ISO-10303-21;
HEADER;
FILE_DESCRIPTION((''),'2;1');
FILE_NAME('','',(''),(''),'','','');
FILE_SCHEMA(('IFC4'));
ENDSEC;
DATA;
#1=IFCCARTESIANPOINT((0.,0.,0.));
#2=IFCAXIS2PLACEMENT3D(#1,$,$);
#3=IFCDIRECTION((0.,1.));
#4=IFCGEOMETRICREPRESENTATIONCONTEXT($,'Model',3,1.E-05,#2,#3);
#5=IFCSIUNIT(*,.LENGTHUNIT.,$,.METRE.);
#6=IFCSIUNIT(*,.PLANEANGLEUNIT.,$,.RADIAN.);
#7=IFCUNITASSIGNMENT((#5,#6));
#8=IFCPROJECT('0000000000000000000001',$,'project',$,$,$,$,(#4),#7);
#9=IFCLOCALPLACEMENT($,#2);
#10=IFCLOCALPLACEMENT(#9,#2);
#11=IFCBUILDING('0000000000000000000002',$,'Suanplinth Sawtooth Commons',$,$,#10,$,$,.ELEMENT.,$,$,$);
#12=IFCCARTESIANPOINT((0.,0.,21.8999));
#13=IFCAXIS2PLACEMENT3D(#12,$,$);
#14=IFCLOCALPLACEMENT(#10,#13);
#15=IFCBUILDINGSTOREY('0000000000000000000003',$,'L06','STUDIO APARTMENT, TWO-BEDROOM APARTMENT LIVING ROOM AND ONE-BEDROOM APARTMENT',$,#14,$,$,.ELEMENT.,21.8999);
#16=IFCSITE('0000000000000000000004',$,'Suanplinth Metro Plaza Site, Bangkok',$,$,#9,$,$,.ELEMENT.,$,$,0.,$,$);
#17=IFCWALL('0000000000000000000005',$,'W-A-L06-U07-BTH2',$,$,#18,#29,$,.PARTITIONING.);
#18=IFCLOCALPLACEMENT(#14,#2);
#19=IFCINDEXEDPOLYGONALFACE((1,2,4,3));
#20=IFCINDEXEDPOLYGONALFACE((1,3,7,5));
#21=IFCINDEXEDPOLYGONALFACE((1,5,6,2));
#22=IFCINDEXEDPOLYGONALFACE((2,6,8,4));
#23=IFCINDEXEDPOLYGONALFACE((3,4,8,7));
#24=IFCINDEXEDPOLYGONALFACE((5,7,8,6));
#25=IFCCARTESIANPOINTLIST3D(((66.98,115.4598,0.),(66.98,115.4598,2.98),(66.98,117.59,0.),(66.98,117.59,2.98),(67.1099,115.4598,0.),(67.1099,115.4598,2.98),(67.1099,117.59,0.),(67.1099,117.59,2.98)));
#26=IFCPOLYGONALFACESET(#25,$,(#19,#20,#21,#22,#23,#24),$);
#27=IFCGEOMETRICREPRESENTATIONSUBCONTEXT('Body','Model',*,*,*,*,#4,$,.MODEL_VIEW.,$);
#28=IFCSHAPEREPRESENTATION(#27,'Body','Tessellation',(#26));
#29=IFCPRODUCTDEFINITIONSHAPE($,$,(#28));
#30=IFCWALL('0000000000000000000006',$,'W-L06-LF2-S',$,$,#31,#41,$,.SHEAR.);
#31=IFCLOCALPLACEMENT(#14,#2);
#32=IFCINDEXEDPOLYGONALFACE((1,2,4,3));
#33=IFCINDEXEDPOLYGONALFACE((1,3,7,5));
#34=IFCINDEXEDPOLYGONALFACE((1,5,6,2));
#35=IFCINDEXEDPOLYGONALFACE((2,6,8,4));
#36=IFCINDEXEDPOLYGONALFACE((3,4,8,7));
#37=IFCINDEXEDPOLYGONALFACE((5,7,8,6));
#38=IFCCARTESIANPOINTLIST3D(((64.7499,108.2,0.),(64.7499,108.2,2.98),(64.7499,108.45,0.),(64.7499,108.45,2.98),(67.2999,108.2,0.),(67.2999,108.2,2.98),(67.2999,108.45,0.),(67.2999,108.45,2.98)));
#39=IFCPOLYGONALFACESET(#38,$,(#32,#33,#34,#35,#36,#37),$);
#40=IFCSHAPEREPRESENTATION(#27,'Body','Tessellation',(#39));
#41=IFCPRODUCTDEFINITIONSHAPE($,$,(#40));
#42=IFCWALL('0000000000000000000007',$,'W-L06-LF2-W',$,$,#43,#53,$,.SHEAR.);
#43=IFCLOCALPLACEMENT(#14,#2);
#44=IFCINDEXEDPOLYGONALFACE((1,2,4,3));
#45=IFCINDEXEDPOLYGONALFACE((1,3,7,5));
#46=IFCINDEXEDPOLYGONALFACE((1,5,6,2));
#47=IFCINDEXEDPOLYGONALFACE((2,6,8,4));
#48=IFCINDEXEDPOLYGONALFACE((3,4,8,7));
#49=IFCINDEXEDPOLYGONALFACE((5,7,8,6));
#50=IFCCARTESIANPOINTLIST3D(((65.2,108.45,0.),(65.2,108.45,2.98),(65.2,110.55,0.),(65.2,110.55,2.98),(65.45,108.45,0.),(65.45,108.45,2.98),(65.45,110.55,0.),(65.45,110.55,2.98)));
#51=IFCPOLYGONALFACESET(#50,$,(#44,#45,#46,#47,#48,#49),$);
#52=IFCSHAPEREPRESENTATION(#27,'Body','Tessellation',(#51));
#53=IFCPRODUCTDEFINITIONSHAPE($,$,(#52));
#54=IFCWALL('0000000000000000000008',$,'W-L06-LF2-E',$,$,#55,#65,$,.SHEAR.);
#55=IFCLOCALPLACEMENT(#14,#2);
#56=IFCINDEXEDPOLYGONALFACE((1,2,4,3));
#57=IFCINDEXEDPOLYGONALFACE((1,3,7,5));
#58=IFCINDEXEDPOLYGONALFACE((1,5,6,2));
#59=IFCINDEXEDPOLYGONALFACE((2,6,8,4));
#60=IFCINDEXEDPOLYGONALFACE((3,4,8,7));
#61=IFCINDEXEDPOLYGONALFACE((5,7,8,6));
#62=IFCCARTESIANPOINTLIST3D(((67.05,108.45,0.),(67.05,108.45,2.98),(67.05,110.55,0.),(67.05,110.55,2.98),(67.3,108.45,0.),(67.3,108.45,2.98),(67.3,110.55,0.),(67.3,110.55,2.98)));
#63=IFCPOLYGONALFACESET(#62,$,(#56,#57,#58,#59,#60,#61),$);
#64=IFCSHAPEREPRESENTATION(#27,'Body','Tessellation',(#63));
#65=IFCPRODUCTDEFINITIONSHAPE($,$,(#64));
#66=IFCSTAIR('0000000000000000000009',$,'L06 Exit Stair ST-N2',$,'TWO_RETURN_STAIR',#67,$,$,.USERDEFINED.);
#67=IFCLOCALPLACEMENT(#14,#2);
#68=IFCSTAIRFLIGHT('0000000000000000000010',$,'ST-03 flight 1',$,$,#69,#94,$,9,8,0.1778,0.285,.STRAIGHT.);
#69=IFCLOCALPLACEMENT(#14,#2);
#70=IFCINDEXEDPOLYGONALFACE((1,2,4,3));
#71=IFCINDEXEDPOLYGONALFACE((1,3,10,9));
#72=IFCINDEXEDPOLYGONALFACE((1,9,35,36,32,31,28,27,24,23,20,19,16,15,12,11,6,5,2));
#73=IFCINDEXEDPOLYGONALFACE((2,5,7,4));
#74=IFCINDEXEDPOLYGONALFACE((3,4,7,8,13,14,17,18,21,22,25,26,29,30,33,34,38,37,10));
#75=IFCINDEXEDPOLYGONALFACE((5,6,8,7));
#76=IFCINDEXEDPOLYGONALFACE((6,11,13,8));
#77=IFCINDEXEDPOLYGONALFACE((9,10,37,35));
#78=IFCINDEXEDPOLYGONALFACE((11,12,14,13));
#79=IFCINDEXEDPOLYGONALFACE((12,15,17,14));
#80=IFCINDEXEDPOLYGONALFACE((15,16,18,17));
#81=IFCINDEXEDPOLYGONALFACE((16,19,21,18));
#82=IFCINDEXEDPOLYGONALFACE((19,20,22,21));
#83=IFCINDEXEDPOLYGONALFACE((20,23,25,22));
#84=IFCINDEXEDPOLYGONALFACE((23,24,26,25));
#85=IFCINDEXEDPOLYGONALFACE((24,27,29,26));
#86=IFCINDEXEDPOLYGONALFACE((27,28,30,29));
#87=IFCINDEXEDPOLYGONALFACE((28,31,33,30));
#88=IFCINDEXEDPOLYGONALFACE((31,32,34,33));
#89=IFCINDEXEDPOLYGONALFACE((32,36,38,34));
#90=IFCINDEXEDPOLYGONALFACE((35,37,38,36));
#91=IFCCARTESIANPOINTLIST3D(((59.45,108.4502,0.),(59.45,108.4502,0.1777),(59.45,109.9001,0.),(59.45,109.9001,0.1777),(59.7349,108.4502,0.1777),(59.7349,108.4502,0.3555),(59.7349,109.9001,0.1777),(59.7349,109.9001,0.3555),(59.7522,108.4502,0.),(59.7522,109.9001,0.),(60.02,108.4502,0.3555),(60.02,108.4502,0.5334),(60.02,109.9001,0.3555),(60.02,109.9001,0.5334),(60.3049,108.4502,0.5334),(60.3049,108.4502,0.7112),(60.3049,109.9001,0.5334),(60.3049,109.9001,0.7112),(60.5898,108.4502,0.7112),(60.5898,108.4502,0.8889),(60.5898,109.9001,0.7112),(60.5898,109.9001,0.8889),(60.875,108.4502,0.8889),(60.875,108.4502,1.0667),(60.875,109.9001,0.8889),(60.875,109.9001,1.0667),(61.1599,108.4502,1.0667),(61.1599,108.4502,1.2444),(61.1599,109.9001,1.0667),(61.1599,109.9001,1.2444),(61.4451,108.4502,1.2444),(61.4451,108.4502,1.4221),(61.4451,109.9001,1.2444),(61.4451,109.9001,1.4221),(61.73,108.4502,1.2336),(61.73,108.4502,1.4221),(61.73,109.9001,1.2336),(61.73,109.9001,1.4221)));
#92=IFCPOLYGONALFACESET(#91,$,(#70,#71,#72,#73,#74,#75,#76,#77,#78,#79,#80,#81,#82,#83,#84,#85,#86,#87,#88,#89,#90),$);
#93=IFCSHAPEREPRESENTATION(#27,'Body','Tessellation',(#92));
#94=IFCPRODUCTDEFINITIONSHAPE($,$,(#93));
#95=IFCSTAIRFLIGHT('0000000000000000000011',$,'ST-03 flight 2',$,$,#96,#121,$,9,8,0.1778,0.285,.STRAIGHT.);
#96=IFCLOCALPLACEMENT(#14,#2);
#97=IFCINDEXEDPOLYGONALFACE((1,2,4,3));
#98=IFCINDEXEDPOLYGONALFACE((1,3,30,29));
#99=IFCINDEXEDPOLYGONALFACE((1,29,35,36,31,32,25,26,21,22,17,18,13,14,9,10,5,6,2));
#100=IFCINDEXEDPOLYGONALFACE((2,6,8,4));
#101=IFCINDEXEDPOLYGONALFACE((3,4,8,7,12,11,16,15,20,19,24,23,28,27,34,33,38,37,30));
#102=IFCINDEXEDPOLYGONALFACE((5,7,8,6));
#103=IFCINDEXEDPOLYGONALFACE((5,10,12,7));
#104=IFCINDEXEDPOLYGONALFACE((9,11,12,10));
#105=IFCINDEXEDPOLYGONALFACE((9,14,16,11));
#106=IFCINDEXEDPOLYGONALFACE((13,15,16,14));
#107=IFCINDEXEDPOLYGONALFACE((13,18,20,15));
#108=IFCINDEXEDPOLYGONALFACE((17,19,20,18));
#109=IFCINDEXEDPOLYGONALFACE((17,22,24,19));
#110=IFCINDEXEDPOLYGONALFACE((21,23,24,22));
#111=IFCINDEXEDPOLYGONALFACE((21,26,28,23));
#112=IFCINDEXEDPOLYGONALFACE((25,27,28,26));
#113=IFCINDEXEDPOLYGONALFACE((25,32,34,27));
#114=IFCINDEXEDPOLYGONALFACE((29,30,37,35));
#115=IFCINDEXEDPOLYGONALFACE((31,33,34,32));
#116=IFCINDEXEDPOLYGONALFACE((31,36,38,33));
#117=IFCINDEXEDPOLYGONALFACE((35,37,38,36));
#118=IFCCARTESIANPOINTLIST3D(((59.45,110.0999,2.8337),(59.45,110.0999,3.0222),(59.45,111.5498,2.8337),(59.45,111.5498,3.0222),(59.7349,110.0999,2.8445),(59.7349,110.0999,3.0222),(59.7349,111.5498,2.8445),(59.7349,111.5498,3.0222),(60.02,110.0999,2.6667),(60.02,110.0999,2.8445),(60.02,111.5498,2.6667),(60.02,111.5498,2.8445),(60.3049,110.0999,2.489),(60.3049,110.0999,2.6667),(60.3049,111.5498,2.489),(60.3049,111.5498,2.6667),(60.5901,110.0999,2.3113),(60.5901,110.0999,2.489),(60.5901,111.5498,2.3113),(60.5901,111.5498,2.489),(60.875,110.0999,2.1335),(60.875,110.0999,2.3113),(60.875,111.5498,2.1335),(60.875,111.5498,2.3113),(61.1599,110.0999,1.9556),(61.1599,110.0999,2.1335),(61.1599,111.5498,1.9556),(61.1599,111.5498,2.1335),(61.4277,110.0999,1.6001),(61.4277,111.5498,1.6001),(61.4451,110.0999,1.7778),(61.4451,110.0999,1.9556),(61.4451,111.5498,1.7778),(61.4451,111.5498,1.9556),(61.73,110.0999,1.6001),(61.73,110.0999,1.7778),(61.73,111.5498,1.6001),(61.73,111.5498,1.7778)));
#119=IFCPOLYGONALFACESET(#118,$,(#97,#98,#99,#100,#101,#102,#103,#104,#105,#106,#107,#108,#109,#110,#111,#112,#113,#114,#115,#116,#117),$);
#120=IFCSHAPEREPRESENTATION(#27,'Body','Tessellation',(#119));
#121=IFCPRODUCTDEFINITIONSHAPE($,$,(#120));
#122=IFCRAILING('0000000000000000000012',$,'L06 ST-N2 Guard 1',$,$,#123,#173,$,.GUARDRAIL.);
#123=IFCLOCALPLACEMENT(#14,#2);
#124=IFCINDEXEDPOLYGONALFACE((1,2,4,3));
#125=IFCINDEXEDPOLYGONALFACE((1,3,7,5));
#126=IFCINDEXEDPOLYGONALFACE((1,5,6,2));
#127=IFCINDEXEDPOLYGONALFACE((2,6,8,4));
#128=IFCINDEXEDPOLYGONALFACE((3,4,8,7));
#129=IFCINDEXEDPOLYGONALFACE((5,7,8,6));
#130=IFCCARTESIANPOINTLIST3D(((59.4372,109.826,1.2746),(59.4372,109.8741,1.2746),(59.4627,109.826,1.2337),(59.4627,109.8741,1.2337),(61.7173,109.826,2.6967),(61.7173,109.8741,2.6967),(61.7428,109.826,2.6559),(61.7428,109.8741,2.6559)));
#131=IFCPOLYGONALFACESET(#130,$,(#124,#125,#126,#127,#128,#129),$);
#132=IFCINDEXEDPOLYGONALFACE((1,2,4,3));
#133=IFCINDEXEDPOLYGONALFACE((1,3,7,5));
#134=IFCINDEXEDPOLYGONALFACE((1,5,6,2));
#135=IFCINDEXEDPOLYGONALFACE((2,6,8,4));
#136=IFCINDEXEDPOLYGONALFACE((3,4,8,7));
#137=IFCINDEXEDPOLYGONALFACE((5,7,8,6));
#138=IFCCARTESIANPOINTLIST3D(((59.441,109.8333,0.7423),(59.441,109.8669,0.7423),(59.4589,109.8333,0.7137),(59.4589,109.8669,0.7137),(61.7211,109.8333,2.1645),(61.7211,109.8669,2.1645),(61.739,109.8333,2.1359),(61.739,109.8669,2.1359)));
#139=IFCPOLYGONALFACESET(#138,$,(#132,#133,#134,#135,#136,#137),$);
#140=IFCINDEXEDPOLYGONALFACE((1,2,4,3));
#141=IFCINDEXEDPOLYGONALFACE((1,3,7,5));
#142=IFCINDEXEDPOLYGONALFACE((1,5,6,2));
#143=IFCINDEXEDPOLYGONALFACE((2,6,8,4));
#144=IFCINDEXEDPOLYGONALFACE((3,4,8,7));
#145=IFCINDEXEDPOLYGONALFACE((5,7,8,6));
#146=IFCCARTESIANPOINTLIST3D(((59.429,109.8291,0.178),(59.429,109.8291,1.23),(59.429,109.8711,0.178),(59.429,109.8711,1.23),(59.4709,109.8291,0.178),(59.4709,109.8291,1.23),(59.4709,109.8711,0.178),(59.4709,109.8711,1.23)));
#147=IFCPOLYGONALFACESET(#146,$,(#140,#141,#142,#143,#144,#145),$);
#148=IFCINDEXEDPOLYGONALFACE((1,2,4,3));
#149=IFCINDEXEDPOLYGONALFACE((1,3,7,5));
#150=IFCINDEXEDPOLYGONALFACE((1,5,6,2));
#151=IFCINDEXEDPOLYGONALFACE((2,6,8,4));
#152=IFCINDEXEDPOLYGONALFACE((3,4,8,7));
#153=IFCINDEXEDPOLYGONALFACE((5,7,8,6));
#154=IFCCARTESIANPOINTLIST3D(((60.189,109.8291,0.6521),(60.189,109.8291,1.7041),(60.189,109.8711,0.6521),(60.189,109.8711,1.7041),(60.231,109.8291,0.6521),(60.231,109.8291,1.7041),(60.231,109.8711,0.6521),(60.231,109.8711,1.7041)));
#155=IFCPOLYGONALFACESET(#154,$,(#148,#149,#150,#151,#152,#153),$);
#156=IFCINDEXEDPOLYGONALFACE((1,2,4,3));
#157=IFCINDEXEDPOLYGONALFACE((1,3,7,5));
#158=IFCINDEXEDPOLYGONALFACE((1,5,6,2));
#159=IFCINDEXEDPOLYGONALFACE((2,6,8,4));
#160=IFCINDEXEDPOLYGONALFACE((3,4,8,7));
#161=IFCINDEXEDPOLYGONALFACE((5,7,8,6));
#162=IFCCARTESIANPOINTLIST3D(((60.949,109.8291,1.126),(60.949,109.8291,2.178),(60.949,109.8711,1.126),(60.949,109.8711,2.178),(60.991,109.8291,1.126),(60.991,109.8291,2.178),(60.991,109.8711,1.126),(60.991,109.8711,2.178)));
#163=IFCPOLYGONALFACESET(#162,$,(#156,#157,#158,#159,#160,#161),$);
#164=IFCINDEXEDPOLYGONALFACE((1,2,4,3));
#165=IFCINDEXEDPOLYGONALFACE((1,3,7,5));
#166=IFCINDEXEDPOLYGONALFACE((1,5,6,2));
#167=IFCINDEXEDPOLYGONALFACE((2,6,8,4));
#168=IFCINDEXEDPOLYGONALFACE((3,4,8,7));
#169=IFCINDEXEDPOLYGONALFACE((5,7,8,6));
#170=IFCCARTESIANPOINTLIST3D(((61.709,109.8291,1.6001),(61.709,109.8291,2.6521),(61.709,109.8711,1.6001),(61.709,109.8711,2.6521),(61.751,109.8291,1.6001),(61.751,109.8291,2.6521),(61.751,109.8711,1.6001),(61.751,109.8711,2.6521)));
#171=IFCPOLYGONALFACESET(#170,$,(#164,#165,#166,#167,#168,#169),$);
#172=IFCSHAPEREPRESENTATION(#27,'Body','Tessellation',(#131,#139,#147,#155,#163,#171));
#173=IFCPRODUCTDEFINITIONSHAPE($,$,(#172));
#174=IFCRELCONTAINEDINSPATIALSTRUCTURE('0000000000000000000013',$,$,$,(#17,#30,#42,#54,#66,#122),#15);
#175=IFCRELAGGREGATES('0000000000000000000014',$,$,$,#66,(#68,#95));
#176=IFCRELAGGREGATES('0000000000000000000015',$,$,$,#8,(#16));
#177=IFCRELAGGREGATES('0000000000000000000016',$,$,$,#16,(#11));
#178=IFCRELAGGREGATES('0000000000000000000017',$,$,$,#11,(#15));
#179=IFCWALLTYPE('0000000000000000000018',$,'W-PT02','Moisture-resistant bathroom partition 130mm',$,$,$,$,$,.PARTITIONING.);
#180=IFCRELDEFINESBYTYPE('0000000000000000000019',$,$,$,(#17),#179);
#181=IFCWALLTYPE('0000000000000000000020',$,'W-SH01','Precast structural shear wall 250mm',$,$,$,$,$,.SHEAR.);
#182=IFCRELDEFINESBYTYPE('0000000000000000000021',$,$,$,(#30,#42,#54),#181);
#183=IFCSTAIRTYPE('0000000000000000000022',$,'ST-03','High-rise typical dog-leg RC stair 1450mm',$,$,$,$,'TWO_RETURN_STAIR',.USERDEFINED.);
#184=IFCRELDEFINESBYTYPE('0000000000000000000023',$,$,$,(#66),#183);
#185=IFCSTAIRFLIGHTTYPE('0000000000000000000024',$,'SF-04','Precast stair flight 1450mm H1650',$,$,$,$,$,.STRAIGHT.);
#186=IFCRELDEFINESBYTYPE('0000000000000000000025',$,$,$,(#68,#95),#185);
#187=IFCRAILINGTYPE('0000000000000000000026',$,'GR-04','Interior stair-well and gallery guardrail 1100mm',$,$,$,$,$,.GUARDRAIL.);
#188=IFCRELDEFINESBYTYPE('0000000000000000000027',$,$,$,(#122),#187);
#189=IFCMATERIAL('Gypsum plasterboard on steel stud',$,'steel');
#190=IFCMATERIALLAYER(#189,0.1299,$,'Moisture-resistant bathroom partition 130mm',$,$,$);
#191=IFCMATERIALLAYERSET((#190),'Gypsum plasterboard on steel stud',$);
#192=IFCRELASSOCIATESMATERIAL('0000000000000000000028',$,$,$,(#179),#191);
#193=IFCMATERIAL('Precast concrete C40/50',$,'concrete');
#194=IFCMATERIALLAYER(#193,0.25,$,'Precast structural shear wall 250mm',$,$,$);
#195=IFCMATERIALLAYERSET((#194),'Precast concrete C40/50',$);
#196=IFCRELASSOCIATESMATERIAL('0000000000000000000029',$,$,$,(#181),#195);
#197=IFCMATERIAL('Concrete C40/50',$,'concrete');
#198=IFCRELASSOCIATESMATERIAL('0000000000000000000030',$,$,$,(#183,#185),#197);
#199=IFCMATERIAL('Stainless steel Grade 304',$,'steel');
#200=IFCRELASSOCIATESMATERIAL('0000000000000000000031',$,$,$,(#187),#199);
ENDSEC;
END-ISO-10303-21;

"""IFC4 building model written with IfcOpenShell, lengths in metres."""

from ifc_helpers import new_model, si_unit, direction, frame, frame_2d, origin, origin_2d, place, context, subcontext, project, spatial, polyline, rectangle, outline, extrude, material, layer, layer_set, type_object, element, aggregate, save


model = new_model("IFC4")

# Units and contexts
model_context = context("Model", 3, precision=1e-05, world=origin(), true_north=direction((0.0, 1.0)))
body_context = subcontext(model_context, "Body", "Model", "MODEL_VIEW")
ifc_project = project(units=[si_unit("LENGTHUNIT", "METRE"), si_unit("PLANEANGLEUNIT", "RADIAN")], contexts=[model_context])

# Site, building, storey
site_placement = place(None, origin())
site = spatial("IfcSite", under=ifc_project, at=site_placement, Name="Suanplinth Metro Plaza Site, Bangkok", CompositionType="ELEMENT", RefElevation=0.0)
building_placement = place(site_placement, origin())
building = spatial("IfcBuilding", under=site, at=building_placement, Name="Suanplinth Sawtooth Commons", CompositionType="ELEMENT")
storey_placement = place(building_placement, frame((0.0, 0.0, 21.8999)))
storey = spatial("IfcBuildingStorey", under=building, at=storey_placement, Name="L06", Description="STUDIO APARTMENT, TWO-BEDROOM APARTMENT LIVING ROOM AND ONE-BEDROOM APARTMENT", CompositionType="ELEMENT", Elevation=21.8999)

# Shared definitions
ifc_material_1 = material(Name="Precast concrete C40/50", Category="concrete")

# Shared definitions
ifc_material_2 = material(Name="Concrete C40/50", Category="concrete")

# Wall
ifc_material_3 = material(Name="Gypsum plasterboard on steel stud", Category="steel")
ifc_layer_1 = layer(ifc_material_3, 0.1299, Name="Moisture-resistant bathroom partition 130mm")
ifc_layer_set_1 = layer_set([ifc_layer_1], Name="Gypsum plasterboard on steel stud")
wall_type_1 = type_object("IfcWallType", Name="W-PT02", Description="Moisture-resistant bathroom partition 130mm", PredefinedType="PARTITIONING", material=ifc_layer_set_1)
wall_1_placement = place(storey_placement, frame((67.0449, 115.46, 0.0), z_axis=(0.0, 0.0, 1.0), x_axis=(0.0, 1.0, 0.0)))
element("IfcWall", 1, at=wall_1_placement, inside=storey, type_object=wall_type_1, Name="W-A-L06-U07-BTH2", PredefinedType="PARTITIONING", context=body_context, shape_type="SweptSolid", body=[
    extrude(rectangle(XDim=2.1301, YDim=0.1299, at=frame_2d((1.0649, 0.0))), origin(), (0.0, 0.0, 1.0), 2.98),
])

# Wall
ifc_layer_2 = layer(ifc_material_1, 0.25, Name="Precast structural shear wall 250mm")
ifc_layer_set_2 = layer_set([ifc_layer_2], Name="Precast concrete C40/50")
wall_type_2 = type_object("IfcWallType", Name="W-SH01", Description="Precast structural shear wall 250mm", PredefinedType="SHEAR", material=ifc_layer_set_2)
wall_2_placement = place(storey_placement, frame((64.75, 108.325, 0.0), z_axis=(0.0, 0.0, 1.0), x_axis=(1.0, 0.0, 0.0)))
element("IfcWall", 2, at=wall_2_placement, inside=storey, type_object=wall_type_2, Name="W-L06-LF2-S", PredefinedType="SHEAR", context=body_context, shape_type="SweptSolid", body=[
    extrude(rectangle(XDim=2.55, YDim=0.25, at=frame_2d((1.2749, 0.0))), origin(), (0.0, 0.0, 1.0), 2.98),
])

# Shared definitions
ifc_material_4 = material(Name="Stainless steel Grade 304", Category="steel")

# Walls
for number, where, z_axis, x_axis, name in (
    (3, (65.325, 108.45, 0.0), (0.0, 0.0, 1.0), (0.0, 1.0, 0.0), "W-L06-LF2-W"),
    (4, (67.175, 108.45, 0.0), (0.0, 0.0, 1.0), (0.0, 1.0, 0.0), "W-L06-LF2-E"),
):
    element("IfcWall", number, at=place(storey_placement, frame(where, z_axis=z_axis, x_axis=x_axis)), inside=storey, type_object=wall_type_2, Name=name, PredefinedType="SHEAR", context=body_context, shape_type="SweptSolid", body=[
        extrude(rectangle(XDim=2.1001, YDim=0.25, at=frame_2d((1.05, 0.0))), origin(), (0.0, 0.0, 1.0), 2.98),
    ])

# Stair, stair flights
stair_type = type_object("IfcStairType", Name="ST-03", Description="High-rise typical dog-leg RC stair 1450mm", ElementType="TWO_RETURN_STAIR", PredefinedType="USERDEFINED", material=ifc_material_2)
stair_placement = place(storey_placement, origin())
stair = element("IfcStair", 5, at=stair_placement, inside=storey, type_object=stair_type, Name="L06 Exit Stair ST-N2", ObjectType="TWO_RETURN_STAIR", PredefinedType="USERDEFINED")
stair_flight_type = type_object("IfcStairFlightType", Name="SF-04", Description="Precast stair flight 1450mm H1650", PredefinedType="STRAIGHT", material=ifc_material_2)
stair_flight_1_placement = place(storey_placement, frame((59.45, 109.175, 0.0), z_axis=(0.0, 0.0, 1.0), x_axis=(1.0, 0.0, 0.0)))
stair_flight_1 = element("IfcStairFlight", 6, at=stair_flight_1_placement, type_object=stair_flight_type, Name="ST-03 flight 1", NumberOfRisers=9, NumberOfTreads=8, PredefinedType="STRAIGHT", RiserHeight=0.1778, TreadLength=0.285, context=body_context, shape_type="SweptSolid", body=[
    extrude(outline(polyline([(0.0, 0.0), (0.0, 0.1777), (0.2849, 0.1777), (0.2849, 0.3555), (0.5701, 0.3555), (0.5701, 0.5334), (0.855, 0.5334), (0.855, 0.7112), (1.1399, 0.7112), (1.1399, 0.8889), (1.425, 0.8889), (1.425, 1.0667), (1.71, 1.0667), (1.71, 1.2444), (1.9951, 1.2444), (1.9951, 1.4221), (2.28, 1.4221), (2.28, 1.6001), (2.28, 1.2336), (0.3022, 0.0), (0.0, 0.0)])), frame((0.0, 0.7251, 0.0), z_axis=(0.0, -1.0, 0.0), x_axis=(1.0, 0.0, 0.0)), (0.0, 0.0, 1.0), 1.45),
])
stair_flight_2_placement = place(storey_placement, frame((61.73, 110.825, 1.6001), z_axis=(0.0, 0.0, 1.0), x_axis=(-1.0, 0.0, 0.0)))
stair_flight_2 = element("IfcStairFlight", 7, at=stair_flight_2_placement, type_object=stair_flight_type, Name="ST-03 flight 2", NumberOfRisers=9, NumberOfTreads=8, PredefinedType="STRAIGHT", RiserHeight=0.1778, TreadLength=0.285, context=body_context, shape_type="SweptSolid", body=[
    extrude(outline(polyline([(0.0, 0.0), (0.0, 0.1777), (0.2849, 0.1777), (0.2849, 0.3555), (0.5701, 0.3555), (0.5701, 0.5334), (0.855, 0.5334), (0.855, 0.7112), (1.1399, 0.7112), (1.1399, 0.8889), (1.425, 0.8889), (1.425, 1.0667), (1.71, 1.0667), (1.71, 1.2444), (1.9951, 1.2444), (1.9951, 1.4221), (2.28, 1.4221), (2.28, 1.6001), (2.28, 1.2336), (0.3022, 0.0), (0.0, 0.0)])), frame((0.0, 0.7251, 0.0), z_axis=(0.0, -1.0, 0.0), x_axis=(1.0, 0.0, 0.0)), (0.0, 0.0, 1.0), 1.45),
])
aggregate(stair, [stair_flight_1, stair_flight_2])

# Railing
railing_type_1 = type_object("IfcRailingType", Name="GR-04", Description="Interior stair-well and gallery guardrail 1100mm", PredefinedType="GUARDRAIL", material=ifc_material_4)
railing_1_placement = place(storey_placement, frame((59.45, 109.8501, 0.178)))
element("IfcRailing", 8, at=railing_1_placement, inside=storey, type_object=railing_type_1, Name="L06 ST-N2 Guard 1", PredefinedType="GUARDRAIL", context=body_context, shape_type="SweptSolid", body=[
    extrude(rectangle(XDim=0.0481, YDim=0.0481, at=origin_2d()), frame((0.0, 0.0, 1.0762), z_axis=(0.848483, 0.0, 0.529223), x_axis=(0.0, 1.0, 0.0)), (0.0, 0.0, 1.0), 2.6873),
    extrude(rectangle(XDim=0.0337, YDim=0.0337, at=origin_2d()), frame((0.0, 0.0, 0.55), z_axis=(0.848483, 0.0, 0.529223), x_axis=(0.0, 1.0, 0.0)), (0.0, 0.0, 1.0), 2.6873),
    extrude(rectangle(XDim=0.042, YDim=0.042, at=origin_2d()), origin(), (0.0, 0.0, 1.0), 1.052),
    extrude(rectangle(XDim=0.042, YDim=0.042, at=origin_2d()), frame((0.76, 0.0, 0.4741)), (0.0, 0.0, 1.0), 1.052),
    extrude(rectangle(XDim=0.042, YDim=0.042, at=origin_2d()), frame((1.52, 0.0, 0.948)), (0.0, 0.0, 1.0), 1.052),
    extrude(rectangle(XDim=0.042, YDim=0.042, at=origin_2d()), frame((2.28, 0.0, 1.4221)), (0.0, 0.0, 1.0), 1.052),
])

save(model, "model.ifc")
